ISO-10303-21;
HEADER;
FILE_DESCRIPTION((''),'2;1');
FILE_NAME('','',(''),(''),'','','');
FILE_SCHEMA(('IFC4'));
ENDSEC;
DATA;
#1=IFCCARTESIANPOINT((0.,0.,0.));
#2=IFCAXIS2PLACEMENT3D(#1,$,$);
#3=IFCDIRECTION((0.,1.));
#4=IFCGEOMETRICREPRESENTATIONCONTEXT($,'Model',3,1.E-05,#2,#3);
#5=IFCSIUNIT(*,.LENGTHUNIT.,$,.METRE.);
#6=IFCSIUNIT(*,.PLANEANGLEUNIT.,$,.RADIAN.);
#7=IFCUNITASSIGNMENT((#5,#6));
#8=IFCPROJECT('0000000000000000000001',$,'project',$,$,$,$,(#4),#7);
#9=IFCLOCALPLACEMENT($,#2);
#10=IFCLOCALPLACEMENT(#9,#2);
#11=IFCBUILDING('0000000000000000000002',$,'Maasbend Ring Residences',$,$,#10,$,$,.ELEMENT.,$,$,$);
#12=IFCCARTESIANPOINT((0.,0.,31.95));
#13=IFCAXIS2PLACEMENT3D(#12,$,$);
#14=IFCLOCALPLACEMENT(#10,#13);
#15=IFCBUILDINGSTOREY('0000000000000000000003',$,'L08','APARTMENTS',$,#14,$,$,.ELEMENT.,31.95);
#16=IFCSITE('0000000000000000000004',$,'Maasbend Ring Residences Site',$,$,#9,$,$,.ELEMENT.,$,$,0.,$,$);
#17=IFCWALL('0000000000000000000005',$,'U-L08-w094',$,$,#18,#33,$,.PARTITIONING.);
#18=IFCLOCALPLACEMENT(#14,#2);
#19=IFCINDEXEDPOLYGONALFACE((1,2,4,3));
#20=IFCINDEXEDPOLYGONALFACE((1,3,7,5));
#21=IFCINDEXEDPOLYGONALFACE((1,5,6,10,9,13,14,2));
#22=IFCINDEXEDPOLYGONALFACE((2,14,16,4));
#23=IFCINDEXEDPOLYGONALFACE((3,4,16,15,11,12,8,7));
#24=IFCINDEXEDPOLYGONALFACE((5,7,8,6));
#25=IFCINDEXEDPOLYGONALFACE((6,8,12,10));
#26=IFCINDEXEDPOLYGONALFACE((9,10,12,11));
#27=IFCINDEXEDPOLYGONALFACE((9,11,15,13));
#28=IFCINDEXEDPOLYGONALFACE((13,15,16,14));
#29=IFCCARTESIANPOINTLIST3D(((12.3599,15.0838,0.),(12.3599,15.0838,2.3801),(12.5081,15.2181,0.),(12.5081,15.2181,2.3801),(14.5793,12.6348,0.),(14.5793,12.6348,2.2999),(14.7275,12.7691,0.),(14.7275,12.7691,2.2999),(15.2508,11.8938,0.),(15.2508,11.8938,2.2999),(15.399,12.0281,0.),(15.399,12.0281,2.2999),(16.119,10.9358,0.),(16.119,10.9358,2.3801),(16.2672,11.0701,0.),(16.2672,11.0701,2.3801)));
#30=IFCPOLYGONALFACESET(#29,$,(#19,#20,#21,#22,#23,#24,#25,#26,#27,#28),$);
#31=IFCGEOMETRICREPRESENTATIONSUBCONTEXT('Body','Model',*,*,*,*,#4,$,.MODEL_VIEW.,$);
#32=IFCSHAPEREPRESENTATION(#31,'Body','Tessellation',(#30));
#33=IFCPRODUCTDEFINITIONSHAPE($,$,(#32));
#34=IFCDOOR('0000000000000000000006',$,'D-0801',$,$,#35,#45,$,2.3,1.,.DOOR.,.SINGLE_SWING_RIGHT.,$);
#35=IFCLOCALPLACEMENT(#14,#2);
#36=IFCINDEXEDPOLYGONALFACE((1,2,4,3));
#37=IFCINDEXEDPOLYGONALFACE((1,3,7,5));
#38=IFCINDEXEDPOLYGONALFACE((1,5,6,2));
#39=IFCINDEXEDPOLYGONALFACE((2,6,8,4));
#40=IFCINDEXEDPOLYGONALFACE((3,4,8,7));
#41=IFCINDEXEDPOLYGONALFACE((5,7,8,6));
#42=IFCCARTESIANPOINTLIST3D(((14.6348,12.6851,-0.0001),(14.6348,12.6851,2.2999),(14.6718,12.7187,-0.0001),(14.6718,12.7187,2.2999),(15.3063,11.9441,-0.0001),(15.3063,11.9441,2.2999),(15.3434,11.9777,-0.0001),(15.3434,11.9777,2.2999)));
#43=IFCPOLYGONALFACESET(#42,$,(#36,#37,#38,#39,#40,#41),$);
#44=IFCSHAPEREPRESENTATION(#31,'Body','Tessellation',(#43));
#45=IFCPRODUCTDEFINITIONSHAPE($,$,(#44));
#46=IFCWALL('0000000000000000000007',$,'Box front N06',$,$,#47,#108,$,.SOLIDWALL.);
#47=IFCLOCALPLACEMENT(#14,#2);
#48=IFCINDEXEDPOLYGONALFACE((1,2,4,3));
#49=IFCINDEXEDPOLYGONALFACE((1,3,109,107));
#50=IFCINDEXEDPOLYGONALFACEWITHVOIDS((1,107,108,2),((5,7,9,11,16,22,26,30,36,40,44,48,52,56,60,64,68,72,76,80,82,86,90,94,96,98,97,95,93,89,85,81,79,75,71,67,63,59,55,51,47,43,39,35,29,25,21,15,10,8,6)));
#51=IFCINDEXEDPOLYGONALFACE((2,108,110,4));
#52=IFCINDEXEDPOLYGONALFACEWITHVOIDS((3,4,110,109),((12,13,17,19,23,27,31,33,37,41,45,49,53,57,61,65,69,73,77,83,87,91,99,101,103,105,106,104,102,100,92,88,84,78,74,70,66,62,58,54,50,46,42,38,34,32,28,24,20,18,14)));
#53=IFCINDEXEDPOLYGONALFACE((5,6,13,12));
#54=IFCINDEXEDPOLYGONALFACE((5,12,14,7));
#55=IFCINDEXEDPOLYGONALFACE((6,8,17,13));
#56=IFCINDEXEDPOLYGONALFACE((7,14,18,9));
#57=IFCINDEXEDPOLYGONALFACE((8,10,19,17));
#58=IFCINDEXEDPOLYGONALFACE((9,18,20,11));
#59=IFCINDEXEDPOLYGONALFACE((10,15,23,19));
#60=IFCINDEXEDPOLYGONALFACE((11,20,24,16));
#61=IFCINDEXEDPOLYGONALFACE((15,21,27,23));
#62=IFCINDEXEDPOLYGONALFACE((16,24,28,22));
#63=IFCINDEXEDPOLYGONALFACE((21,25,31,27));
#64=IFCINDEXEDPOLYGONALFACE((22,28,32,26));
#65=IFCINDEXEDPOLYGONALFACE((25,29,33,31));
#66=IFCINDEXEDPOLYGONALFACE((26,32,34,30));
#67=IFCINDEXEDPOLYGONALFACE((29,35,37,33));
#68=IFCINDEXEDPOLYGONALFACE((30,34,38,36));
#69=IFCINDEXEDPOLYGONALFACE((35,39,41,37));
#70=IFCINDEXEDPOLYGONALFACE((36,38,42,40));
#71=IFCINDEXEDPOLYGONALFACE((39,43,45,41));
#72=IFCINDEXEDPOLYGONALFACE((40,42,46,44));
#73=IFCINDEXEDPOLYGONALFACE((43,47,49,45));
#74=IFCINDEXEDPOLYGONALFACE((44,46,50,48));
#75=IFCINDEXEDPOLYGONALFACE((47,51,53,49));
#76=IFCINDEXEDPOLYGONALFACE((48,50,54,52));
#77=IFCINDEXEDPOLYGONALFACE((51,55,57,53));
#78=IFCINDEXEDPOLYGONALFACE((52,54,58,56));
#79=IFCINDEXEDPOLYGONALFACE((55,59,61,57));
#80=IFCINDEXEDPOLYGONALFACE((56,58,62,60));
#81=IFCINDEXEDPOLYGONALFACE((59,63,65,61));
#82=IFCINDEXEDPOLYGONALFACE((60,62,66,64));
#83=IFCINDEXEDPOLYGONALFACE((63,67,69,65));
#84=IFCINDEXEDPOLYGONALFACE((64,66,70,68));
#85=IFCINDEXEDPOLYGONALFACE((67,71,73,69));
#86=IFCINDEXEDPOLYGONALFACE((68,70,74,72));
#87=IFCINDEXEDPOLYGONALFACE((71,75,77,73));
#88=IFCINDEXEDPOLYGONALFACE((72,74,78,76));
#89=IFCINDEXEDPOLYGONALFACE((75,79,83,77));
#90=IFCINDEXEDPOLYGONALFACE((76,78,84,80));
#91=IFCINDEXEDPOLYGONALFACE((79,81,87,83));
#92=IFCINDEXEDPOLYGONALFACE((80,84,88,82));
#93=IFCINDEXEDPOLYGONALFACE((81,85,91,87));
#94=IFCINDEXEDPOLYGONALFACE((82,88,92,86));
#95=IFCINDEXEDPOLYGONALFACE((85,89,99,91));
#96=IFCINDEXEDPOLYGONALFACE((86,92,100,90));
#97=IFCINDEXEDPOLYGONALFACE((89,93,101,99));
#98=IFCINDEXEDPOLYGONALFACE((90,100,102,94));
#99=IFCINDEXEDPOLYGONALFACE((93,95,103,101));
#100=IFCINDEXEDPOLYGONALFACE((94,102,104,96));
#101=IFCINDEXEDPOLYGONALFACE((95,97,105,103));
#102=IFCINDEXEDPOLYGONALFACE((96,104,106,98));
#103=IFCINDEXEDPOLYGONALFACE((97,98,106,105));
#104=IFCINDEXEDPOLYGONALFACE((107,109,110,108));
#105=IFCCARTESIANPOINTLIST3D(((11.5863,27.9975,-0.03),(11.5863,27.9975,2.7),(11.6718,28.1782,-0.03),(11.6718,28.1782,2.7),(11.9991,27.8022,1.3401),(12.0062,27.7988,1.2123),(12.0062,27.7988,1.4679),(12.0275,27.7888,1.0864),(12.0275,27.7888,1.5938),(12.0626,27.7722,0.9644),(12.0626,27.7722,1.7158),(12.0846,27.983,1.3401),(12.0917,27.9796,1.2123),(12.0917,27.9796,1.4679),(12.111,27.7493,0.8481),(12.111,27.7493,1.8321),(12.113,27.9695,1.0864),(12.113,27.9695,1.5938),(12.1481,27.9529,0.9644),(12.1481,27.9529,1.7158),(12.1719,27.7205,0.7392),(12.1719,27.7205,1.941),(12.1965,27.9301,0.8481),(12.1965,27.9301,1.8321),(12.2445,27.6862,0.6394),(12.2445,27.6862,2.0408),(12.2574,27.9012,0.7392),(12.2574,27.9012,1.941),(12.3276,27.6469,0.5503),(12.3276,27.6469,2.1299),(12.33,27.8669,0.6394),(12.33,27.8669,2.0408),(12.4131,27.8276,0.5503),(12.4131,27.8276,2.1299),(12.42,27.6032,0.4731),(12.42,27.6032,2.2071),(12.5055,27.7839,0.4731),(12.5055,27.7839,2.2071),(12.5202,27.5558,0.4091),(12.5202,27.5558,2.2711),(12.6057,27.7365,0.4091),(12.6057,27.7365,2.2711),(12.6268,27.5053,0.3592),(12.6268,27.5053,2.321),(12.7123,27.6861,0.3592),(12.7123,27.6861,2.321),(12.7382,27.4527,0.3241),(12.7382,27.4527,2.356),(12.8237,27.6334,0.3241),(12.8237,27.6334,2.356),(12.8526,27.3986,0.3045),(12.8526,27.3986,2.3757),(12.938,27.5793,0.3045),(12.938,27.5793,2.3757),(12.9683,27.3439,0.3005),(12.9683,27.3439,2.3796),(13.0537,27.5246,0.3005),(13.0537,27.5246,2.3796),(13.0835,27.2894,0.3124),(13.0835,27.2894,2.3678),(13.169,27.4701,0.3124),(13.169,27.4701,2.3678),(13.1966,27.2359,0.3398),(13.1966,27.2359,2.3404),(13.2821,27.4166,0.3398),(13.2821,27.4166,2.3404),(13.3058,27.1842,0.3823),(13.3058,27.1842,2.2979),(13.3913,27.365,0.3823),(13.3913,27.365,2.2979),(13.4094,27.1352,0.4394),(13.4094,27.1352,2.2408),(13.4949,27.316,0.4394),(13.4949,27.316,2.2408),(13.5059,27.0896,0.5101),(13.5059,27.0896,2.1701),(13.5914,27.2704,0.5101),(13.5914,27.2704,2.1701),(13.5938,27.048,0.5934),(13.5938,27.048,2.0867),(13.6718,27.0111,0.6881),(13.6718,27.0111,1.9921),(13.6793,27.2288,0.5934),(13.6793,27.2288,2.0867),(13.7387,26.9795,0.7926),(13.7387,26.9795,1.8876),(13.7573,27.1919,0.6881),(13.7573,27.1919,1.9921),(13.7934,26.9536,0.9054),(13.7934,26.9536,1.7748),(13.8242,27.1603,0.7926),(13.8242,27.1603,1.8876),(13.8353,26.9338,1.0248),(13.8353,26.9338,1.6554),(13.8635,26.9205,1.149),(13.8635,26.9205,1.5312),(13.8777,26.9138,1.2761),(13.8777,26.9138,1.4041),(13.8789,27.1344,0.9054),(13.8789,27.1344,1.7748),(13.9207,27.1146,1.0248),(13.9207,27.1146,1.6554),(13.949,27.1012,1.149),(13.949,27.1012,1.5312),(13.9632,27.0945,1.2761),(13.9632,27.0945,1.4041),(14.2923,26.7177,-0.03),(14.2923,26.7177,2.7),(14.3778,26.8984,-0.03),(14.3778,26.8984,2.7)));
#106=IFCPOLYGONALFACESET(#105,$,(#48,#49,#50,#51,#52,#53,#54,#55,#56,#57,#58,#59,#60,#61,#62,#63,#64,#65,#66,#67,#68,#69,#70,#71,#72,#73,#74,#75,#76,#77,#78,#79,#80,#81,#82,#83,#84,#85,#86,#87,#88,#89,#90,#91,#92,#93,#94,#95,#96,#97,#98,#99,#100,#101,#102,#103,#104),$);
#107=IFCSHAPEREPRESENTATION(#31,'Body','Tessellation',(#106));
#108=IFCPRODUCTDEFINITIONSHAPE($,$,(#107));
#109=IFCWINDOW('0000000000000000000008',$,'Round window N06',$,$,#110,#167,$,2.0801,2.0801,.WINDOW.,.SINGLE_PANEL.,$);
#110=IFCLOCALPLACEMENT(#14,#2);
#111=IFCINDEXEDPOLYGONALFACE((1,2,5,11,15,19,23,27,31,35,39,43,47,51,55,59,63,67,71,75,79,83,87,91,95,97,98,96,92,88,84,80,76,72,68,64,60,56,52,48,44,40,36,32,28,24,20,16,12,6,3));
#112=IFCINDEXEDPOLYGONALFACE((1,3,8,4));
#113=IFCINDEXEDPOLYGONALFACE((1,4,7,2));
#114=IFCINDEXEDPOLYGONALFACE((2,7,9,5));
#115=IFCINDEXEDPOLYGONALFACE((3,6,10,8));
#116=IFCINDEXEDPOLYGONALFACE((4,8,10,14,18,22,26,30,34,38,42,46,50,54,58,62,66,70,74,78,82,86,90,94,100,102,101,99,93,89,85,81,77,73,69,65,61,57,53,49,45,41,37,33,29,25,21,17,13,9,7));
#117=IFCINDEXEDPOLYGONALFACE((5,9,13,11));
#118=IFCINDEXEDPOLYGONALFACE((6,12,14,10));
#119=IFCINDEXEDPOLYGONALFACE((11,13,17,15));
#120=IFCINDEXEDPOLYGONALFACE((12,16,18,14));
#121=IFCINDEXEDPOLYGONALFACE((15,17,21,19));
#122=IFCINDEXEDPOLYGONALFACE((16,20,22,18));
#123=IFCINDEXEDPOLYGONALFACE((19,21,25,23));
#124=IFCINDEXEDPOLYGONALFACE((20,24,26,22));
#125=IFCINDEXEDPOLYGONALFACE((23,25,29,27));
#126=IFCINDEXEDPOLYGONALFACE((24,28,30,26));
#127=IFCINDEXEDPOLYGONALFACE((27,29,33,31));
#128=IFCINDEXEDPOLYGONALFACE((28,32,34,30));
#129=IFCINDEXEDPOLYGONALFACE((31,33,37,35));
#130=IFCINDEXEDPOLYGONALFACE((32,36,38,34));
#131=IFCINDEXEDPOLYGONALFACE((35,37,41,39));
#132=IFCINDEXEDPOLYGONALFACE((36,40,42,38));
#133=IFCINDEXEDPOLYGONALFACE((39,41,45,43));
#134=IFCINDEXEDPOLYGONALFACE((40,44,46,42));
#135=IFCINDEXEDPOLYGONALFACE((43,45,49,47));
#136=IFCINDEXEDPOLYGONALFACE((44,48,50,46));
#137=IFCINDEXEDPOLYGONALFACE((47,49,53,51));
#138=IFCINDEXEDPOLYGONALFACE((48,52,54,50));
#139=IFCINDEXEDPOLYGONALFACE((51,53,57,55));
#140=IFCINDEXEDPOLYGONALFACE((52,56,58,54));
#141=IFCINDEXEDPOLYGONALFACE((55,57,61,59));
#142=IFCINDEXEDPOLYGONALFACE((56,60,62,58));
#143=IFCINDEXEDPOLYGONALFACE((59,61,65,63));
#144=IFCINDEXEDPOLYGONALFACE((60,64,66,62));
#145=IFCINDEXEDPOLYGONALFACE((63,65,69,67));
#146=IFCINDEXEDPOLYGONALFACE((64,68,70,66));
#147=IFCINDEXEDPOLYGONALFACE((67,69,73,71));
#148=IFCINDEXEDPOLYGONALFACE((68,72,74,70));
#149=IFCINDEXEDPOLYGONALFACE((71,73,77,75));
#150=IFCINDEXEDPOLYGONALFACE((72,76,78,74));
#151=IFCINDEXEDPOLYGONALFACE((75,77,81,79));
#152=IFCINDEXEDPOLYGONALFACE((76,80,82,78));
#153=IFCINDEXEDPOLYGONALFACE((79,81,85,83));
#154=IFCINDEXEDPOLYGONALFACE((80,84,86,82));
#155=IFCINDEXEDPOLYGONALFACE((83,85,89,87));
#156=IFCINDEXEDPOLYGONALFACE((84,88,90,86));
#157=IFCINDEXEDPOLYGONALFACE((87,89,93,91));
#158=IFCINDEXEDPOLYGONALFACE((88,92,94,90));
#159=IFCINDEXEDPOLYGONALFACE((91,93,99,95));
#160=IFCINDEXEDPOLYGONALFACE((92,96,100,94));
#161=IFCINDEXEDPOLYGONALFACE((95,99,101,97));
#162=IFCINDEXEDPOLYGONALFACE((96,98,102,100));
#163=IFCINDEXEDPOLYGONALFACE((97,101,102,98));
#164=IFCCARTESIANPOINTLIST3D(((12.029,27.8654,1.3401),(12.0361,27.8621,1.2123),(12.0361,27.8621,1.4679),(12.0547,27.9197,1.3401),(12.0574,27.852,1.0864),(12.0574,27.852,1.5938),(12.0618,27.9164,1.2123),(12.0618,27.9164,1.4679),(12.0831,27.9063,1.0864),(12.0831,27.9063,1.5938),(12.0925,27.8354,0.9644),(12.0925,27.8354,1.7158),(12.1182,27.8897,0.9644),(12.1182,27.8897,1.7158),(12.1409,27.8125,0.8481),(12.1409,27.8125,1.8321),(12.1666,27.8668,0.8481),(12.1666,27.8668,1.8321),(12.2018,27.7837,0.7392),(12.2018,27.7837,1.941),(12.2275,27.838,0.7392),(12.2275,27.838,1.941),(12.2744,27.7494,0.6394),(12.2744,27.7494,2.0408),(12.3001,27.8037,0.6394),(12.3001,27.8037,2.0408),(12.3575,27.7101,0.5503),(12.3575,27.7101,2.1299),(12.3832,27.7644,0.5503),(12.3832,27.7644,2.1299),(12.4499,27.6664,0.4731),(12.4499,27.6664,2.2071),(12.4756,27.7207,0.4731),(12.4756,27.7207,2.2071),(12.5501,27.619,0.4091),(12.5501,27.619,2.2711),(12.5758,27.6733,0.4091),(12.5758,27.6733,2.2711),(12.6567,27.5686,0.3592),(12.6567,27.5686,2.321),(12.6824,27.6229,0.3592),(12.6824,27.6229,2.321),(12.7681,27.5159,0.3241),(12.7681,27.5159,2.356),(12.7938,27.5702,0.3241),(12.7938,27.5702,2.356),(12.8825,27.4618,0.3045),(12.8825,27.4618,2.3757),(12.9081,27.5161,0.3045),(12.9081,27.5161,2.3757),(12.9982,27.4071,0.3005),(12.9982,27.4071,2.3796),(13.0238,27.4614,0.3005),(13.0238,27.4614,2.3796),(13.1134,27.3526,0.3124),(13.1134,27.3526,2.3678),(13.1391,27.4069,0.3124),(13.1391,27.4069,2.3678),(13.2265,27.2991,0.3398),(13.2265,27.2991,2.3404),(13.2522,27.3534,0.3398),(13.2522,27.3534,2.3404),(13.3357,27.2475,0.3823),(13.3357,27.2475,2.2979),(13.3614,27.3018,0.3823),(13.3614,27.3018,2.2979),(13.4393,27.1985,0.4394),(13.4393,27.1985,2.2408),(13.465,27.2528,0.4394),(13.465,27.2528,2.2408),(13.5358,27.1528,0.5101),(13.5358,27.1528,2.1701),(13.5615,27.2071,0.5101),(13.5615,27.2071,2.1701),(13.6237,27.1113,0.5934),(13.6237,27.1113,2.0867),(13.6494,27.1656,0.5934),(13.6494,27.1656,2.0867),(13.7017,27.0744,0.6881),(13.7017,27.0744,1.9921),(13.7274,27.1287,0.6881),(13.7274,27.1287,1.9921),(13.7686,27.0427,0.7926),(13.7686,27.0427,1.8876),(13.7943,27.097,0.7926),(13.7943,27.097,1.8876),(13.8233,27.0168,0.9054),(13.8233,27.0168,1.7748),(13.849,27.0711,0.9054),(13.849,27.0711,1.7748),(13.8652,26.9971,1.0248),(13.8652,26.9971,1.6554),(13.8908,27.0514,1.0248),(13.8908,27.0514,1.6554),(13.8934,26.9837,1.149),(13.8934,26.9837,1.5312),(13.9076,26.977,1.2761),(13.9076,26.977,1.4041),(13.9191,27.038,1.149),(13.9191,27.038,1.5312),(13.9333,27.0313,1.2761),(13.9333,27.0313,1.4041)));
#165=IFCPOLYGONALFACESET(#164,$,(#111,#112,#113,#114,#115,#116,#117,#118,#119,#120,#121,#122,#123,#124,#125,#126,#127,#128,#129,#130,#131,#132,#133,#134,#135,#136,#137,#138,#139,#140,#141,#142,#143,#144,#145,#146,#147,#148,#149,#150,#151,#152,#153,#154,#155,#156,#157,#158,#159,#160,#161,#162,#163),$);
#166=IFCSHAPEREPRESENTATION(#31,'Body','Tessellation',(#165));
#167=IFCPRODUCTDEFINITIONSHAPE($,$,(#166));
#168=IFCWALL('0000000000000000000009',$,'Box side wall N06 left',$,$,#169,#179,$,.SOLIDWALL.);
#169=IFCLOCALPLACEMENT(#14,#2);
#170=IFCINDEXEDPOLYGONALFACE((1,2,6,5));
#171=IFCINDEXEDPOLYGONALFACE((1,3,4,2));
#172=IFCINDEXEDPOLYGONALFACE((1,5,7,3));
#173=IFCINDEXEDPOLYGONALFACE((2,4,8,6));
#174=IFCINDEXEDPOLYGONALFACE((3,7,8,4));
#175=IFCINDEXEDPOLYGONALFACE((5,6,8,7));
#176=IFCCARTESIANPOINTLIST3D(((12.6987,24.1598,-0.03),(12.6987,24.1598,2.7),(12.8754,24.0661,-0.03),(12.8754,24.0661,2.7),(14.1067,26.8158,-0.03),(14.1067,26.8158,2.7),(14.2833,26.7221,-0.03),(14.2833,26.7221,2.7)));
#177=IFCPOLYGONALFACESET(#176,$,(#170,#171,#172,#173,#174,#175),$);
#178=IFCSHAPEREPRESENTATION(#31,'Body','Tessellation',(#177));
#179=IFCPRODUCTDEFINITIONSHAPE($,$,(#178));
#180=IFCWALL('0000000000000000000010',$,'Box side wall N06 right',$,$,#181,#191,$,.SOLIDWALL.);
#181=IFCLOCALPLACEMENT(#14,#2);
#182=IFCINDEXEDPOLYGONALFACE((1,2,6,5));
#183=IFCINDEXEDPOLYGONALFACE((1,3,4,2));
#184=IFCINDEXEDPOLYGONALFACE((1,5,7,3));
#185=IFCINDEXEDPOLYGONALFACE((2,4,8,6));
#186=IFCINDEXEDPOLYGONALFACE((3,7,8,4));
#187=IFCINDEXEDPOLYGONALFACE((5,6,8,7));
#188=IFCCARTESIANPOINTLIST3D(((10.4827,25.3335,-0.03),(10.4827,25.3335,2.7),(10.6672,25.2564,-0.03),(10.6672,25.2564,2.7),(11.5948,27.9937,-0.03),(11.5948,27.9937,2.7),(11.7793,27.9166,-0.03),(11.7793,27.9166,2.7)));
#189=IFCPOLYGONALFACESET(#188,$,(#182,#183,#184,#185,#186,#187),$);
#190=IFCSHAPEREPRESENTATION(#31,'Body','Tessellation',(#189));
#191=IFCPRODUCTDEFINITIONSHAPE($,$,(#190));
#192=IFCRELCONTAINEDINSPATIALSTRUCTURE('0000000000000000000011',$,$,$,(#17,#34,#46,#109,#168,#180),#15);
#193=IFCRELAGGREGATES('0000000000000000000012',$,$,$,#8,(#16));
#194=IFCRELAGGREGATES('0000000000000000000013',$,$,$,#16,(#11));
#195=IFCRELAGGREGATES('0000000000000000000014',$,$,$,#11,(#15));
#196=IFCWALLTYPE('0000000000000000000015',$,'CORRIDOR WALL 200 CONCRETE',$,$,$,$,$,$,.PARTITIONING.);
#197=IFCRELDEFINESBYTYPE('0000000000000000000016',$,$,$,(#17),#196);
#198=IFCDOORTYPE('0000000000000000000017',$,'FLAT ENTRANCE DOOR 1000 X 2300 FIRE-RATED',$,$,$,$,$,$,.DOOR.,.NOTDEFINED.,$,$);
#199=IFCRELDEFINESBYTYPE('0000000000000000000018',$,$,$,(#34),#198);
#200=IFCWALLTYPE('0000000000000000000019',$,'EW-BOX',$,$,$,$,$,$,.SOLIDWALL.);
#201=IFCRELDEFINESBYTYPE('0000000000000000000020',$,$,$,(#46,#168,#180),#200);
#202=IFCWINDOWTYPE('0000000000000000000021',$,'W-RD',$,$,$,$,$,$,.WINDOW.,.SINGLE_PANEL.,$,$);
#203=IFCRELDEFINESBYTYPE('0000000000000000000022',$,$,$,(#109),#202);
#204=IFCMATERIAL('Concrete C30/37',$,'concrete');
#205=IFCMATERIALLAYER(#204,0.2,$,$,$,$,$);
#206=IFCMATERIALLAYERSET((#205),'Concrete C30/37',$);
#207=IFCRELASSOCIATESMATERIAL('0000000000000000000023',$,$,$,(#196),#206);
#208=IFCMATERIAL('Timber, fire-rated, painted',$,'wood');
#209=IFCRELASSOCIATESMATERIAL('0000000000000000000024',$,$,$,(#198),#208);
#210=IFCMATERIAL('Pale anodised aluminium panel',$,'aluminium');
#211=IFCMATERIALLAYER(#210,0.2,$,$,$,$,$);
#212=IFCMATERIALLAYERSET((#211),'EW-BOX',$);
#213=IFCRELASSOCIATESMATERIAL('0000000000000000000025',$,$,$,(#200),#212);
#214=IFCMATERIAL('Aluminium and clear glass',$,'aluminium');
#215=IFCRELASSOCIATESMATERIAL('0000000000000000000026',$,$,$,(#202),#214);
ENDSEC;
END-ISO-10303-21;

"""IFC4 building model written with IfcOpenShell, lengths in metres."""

from ifc_helpers import new_model, si_unit, direction, frame, frame_2d, origin, place, context, subcontext, project, spatial, rectangle, circle, extrude, material, layer, layer_set, type_object, element, fill, save


model = new_model("IFC4")

# Units and contexts
model_context = context("Model", 3, precision=1e-05, world=origin(), true_north=direction((0.0, 1.0)))
body_context = subcontext(model_context, "Body", "Model", "MODEL_VIEW")
ifc_project = project(units=[si_unit("LENGTHUNIT", "METRE"), si_unit("PLANEANGLEUNIT", "RADIAN")], contexts=[model_context])

# Site, building, storey
site_placement = place(None, origin())
site = spatial("IfcSite", under=ifc_project, at=site_placement, Name="Maasbend Ring Residences Site", CompositionType="ELEMENT", RefElevation=0.0)
building_placement = place(site_placement, origin())
building = spatial("IfcBuilding", under=site, at=building_placement, Name="Maasbend Ring Residences", CompositionType="ELEMENT")
storey_placement = place(building_placement, frame((0.0, 0.0, 31.95)))
storey = spatial("IfcBuildingStorey", under=building, at=storey_placement, Name="L08", Description="APARTMENTS", CompositionType="ELEMENT", Elevation=31.95)

# Shared definitions
ifc_material_1 = material(Name="Concrete C30/37", Category="concrete")
ifc_layer_1 = layer(ifc_material_1, 0.2)
ifc_layer_set_1 = layer_set([ifc_layer_1], Name="Concrete C30/37")
wall_type_1 = type_object("IfcWallType", Name="CORRIDOR WALL 200 CONCRETE", PredefinedType="PARTITIONING", material=ifc_layer_set_1)

# Wall, opening, door
wall_1_placement = place(storey_placement, frame((12.4341, 15.1509, 0.0), z_axis=(0.0, 0.0, 1.0), x_axis=(0.671515, -0.740991, 0.0)))
wall_1 = element("IfcWall", 1, at=wall_1_placement, inside=storey, type_object=wall_type_1, Name="U-L08-w094", PredefinedType="PARTITIONING", context=body_context, shape_type="SweptSolid", body=[
    extrude(rectangle(XDim=5.5979, YDim=0.2, at=frame_2d((2.7988, 0.0))), origin(), (0.0, 0.0, 1.0), 2.3801),
])
opening_1_placement = place(wall_1_placement, frame((3.3049, 0.0, 0.0)))
opening_1 = element("IfcOpeningElement", 2, at=opening_1_placement, cuts=wall_1, PredefinedType="OPENING", context=body_context, shape_type="SweptSolid", body=[
    extrude(rectangle(XDim=1.0, YDim=2.3, at=frame_2d((0.5, 1.1499))), frame((0.0, 0.1099, 0.0), z_axis=(0.0, -1.0, 0.0), x_axis=(1.0, 0.0, 0.0)), (0.0, 0.0, 1.0), 0.22),
])
ifc_material_2 = material(Name="Timber, fire-rated, painted", Category="wood")
door_type_1 = type_object("IfcDoorType", Name="FLAT ENTRANCE DOOR 1000 X 2300 FIRE-RATED", OperationType="NOTDEFINED", PredefinedType="DOOR", material=ifc_material_2)
door_1_placement = place(opening_1_placement, origin())
door_1 = element("IfcDoor", 3, at=door_1_placement, inside=storey, type_object=door_type_1, Name="D-0801", OperationType="SINGLE_SWING_RIGHT", OverallHeight=2.3, OverallWidth=1.0, PredefinedType="DOOR", context=body_context, shape_type="SweptSolid", body=[
    extrude(rectangle(XDim=1.0, YDim=2.3, at=frame_2d((0.5, 1.1499))), frame((0.0, 0.0249, 0.0), z_axis=(0.0, -1.0, 0.0), x_axis=(1.0, 0.0, 0.0)), (0.0, 0.0, 1.0), 0.05),
])
fill(opening_1, door_1)

# Wall, opening, window
ifc_material_3 = material(Name="Pale anodised aluminium panel", Category="aluminium")
ifc_layer_2 = layer(ifc_material_3, 0.2)
ifc_layer_set_2 = layer_set([ifc_layer_2], Name="EW-BOX")
wall_type_2 = type_object("IfcWallType", Name="EW-BOX", PredefinedType="SOLIDWALL", material=ifc_layer_set_2)
wall_2_placement = place(storey_placement, frame((14.335, 26.8081, -0.03), z_axis=(0.0, 0.0, 1.0), x_axis=(-0.904, 0.427532, 0.0)))
wall_2 = element("IfcWall", 4, at=wall_2_placement, inside=storey, type_object=wall_type_2, Name="Box front N06", PredefinedType="SOLIDWALL", context=body_context, shape_type="SweptSolid", body=[
    extrude(rectangle(XDim=2.9934, YDim=0.2, at=frame_2d((1.4966, 0.0))), origin(), (0.0, 0.0, 1.0), 2.73),
])
opening_2_placement = place(wall_2_placement, frame((0.4565, 0.0, 0.3301)))
opening_2 = element("IfcOpeningElement", 5, at=opening_2_placement, cuts=wall_2, PredefinedType="OPENING", context=body_context, shape_type="SweptSolid", body=[
    extrude(circle(Radius=1.04, at=frame_2d((1.04, 1.04))), frame((0.0, 0.1099, 0.0), z_axis=(0.0, -1.0, 0.0), x_axis=(1.0, 0.0, 0.0)), (0.0, 0.0, 1.0), 0.22),
])
ifc_material_4 = material(Name="Aluminium and clear glass", Category="aluminium")
window_type_1 = type_object("IfcWindowType", Name="W-RD", PartitioningType="SINGLE_PANEL", PredefinedType="WINDOW", material=ifc_material_4)
window_1_placement = place(opening_2_placement, origin())
window_1 = element("IfcWindow", 6, at=window_1_placement, inside=storey, type_object=window_type_1, Name="Round window N06", OverallHeight=2.0801, OverallWidth=2.0801, PartitioningType="SINGLE_PANEL", PredefinedType="WINDOW", context=body_context, shape_type="SweptSolid", body=[
    extrude(circle(Radius=1.04, at=frame_2d((1.04, 1.04))), frame((0.0, 0.03, 0.0), z_axis=(0.0, -1.0, 0.0), x_axis=(1.0, 0.0, 0.0)), (0.0, 0.0, 1.0), 0.0601),
])
fill(opening_2, window_1)

# Walls
wall_3_placement = place(storey_placement, frame((12.7871, 24.113, -0.03), z_axis=(0.0, 0.0, 1.0), x_axis=(0.468365, 0.883535, 0.0)))
element("IfcWall", 7, at=wall_3_placement, inside=storey, type_object=wall_type_2, Name="Box side wall N06 left", PredefinedType="SOLIDWALL", context=body_context, shape_type="SweptSolid", body=[
    extrude(rectangle(XDim=3.0061, YDim=0.2, at=frame_2d((1.5029, 0.0))), origin(), (0.0, 0.0, 1.0), 2.73),
])
wall_4_placement = place(storey_placement, frame((10.575, 25.2949, -0.03), z_axis=(0.0, 0.0, 1.0), x_axis=(0.385697, 0.922625, 0.0)))
element("IfcWall", 8, at=wall_4_placement, inside=storey, type_object=wall_type_2, Name="Box side wall N06 right", PredefinedType="SOLIDWALL", context=body_context, shape_type="SweptSolid", body=[
    extrude(rectangle(XDim=2.8833, YDim=0.2, at=frame_2d((1.4417, 0.0))), origin(), (0.0, 0.0, 1.0), 2.73),
])

save(model, "model.ifc")
